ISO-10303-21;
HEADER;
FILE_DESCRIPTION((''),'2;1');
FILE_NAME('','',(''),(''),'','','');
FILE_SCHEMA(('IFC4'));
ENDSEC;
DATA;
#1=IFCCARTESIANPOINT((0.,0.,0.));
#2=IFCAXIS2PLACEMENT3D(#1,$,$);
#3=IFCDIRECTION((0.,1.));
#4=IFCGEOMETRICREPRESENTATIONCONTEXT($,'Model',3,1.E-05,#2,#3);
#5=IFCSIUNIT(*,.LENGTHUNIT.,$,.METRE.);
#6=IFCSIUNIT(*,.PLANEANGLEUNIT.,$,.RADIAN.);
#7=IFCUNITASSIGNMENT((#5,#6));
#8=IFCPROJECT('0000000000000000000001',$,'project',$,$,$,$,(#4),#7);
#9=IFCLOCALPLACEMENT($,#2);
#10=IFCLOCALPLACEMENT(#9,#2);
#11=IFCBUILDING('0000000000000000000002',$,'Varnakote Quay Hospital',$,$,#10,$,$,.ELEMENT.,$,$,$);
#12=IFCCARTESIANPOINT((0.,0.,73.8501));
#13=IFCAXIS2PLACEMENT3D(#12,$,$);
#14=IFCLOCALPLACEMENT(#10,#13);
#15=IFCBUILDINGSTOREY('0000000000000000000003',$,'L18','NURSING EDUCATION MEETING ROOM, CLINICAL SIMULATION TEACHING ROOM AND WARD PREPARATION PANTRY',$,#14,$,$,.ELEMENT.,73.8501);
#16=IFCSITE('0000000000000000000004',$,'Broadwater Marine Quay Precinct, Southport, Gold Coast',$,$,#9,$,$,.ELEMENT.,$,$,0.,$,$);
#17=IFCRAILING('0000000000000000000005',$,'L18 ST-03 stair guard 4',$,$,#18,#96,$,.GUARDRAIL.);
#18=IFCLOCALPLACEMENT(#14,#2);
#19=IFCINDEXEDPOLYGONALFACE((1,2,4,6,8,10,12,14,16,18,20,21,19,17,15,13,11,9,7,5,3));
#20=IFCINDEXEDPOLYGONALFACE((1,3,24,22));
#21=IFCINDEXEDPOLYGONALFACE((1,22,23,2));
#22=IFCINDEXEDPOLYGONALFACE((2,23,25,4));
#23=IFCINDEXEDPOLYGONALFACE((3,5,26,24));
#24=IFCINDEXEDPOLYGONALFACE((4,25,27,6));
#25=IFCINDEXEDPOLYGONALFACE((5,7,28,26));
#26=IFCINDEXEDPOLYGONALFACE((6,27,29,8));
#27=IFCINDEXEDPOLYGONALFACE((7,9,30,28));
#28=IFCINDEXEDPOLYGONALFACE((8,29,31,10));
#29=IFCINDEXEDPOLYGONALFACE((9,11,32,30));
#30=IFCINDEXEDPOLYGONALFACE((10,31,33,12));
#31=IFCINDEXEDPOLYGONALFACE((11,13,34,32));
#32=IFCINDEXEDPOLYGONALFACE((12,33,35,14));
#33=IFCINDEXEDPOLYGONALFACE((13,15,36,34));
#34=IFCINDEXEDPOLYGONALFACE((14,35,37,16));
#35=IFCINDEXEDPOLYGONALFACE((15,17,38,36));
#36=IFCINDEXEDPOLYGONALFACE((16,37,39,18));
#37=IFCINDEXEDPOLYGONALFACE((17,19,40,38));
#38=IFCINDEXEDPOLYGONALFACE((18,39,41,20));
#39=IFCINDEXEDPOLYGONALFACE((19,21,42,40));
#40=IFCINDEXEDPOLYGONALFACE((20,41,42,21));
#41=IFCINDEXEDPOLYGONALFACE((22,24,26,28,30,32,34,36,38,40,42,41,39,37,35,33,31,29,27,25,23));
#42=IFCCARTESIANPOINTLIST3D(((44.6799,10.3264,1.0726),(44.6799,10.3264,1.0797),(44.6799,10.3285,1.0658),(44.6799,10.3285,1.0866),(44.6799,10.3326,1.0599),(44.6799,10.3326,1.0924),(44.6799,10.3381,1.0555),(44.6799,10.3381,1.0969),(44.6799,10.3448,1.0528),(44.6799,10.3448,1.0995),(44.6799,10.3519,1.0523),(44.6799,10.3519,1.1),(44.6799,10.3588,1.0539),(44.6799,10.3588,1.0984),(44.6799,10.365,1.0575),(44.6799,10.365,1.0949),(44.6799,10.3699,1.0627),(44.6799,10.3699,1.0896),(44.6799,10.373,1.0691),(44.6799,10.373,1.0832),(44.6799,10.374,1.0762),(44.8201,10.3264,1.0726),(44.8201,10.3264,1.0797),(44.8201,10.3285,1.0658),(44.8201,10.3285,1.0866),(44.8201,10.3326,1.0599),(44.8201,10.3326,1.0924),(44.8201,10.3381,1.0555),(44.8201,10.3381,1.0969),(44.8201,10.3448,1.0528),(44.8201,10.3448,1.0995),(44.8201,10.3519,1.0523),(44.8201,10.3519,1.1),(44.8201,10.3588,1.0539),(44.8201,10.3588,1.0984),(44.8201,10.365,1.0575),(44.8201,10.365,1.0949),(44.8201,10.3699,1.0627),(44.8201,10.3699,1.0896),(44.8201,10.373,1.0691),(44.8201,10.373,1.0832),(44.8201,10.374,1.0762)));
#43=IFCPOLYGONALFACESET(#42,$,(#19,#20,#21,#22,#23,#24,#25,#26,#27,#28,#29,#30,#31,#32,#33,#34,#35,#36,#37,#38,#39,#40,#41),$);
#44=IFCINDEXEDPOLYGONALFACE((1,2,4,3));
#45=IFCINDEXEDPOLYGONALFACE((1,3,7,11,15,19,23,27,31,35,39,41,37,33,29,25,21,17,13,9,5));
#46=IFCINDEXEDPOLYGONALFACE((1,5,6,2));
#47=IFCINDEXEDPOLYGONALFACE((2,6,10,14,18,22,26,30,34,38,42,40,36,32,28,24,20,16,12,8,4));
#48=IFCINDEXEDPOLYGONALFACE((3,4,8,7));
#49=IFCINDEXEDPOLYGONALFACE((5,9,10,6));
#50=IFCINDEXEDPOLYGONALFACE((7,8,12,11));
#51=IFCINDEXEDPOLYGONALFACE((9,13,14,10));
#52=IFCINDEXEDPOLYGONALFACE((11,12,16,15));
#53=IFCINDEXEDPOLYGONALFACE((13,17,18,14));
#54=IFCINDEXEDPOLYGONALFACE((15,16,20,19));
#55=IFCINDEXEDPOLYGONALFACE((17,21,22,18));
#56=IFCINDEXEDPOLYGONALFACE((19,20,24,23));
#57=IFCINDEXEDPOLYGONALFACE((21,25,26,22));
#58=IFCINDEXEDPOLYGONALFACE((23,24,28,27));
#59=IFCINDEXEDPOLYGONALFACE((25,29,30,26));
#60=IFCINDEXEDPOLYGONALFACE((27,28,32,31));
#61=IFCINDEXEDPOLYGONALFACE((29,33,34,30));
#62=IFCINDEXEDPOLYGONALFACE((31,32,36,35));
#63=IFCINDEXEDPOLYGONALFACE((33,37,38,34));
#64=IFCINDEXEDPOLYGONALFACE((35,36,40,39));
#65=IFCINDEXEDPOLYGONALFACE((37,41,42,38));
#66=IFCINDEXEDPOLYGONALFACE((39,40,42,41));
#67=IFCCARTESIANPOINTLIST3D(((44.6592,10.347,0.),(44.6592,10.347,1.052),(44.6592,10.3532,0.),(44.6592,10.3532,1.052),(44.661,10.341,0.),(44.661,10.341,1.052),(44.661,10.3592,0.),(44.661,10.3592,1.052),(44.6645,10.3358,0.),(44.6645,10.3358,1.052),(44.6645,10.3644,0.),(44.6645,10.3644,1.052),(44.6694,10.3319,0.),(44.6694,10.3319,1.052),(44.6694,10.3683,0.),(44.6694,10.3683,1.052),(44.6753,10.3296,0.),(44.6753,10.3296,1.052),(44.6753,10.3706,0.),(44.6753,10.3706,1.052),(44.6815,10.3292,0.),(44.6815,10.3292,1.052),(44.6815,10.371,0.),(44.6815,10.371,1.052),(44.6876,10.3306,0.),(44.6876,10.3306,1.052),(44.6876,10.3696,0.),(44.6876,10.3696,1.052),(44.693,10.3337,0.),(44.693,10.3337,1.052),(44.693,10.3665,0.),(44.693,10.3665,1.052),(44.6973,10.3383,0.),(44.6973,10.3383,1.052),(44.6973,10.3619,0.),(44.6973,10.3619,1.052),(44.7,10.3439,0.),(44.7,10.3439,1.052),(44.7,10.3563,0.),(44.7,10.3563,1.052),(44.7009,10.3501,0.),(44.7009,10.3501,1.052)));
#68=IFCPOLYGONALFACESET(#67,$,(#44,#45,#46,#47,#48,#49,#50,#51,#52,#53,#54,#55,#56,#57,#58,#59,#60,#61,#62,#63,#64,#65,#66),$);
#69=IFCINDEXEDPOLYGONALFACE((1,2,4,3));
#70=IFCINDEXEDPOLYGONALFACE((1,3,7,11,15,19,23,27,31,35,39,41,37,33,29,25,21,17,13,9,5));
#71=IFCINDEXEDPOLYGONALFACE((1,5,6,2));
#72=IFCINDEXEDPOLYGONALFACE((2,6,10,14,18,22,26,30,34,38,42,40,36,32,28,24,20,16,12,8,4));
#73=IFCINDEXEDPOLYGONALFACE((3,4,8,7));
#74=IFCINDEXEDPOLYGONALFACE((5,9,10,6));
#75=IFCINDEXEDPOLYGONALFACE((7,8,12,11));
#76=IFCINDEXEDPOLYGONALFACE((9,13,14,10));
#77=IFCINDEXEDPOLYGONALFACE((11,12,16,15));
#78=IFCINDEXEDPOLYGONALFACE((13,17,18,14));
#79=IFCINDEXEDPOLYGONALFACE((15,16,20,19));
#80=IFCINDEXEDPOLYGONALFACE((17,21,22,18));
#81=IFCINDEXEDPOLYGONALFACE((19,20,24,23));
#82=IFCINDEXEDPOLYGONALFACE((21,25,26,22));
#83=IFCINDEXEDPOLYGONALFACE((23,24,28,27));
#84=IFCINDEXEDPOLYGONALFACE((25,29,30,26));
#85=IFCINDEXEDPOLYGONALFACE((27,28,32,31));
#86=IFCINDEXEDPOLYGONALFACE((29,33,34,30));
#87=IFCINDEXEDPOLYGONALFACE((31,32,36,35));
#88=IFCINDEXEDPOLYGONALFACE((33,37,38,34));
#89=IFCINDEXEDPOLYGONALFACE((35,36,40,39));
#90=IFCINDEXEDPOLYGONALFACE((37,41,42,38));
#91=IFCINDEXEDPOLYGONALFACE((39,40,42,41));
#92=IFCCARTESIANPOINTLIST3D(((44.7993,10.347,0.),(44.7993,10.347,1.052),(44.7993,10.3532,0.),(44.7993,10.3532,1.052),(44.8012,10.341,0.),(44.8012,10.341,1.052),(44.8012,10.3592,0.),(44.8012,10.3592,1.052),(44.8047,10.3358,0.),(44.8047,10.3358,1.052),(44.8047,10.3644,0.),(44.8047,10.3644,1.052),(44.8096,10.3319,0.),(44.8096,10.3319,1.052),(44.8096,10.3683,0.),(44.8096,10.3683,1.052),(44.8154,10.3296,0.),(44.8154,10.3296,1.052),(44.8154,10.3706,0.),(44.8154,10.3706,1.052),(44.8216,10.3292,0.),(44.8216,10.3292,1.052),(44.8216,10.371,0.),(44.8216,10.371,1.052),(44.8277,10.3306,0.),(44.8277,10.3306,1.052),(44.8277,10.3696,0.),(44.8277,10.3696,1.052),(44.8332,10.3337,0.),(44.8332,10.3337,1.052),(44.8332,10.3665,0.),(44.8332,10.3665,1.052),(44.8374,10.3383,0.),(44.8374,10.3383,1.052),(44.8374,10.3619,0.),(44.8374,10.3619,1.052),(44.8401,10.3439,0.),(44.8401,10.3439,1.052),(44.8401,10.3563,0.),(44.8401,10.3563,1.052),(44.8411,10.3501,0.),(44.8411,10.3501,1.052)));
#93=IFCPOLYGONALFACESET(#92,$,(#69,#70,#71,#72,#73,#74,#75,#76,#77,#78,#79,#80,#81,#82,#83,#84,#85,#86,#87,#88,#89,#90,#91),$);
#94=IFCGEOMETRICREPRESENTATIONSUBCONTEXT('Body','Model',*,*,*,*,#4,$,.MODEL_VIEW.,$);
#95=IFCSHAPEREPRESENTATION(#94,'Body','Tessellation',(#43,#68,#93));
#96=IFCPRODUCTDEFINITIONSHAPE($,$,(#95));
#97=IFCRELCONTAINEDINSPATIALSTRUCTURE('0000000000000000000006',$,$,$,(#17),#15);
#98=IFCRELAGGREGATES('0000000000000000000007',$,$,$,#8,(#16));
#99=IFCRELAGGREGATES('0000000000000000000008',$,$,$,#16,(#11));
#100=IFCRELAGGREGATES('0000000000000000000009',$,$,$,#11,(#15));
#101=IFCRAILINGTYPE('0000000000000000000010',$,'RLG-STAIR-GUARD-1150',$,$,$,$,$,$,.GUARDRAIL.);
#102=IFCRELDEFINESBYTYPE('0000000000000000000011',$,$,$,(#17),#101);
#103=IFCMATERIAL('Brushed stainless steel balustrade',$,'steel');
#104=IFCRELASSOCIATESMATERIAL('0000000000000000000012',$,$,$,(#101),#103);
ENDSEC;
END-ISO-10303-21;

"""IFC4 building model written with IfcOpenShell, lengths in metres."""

from ifc_helpers import new_model, si_unit, direction, frame, origin, origin_2d, place, context, subcontext, project, spatial, circle, extrude, material, type_object, element, save


model = new_model("IFC4")

# Units and contexts
model_context = context("Model", 3, precision=1e-05, world=origin(), true_north=direction((0.0, 1.0)))
body_context = subcontext(model_context, "Body", "Model", "MODEL_VIEW")
ifc_project = project(units=[si_unit("LENGTHUNIT", "METRE"), si_unit("PLANEANGLEUNIT", "RADIAN")], contexts=[model_context])

# Site, building, storey
site_placement = place(None, origin())
site = spatial("IfcSite", under=ifc_project, at=site_placement, Name="Broadwater Marine Quay Precinct, Southport, Gold Coast", CompositionType="ELEMENT", RefElevation=0.0)
building_placement = place(site_placement, origin())
building = spatial("IfcBuilding", under=site, at=building_placement, Name="Varnakote Quay Hospital", CompositionType="ELEMENT")
storey_placement = place(building_placement, frame((0.0, 0.0, 73.8501)))
storey = spatial("IfcBuildingStorey", under=building, at=storey_placement, Name="L18", Description="NURSING EDUCATION MEETING ROOM, CLINICAL SIMULATION TEACHING ROOM AND WARD PREPARATION PANTRY", CompositionType="ELEMENT", Elevation=73.8501)

# Railing
ifc_material_1 = material(Name="Brushed stainless steel balustrade", Category="steel")
railing_type_1 = type_object("IfcRailingType", Name="RLG-STAIR-GUARD-1150", PredefinedType="GUARDRAIL", material=ifc_material_1)
railing_1_placement = place(storey_placement, frame((44.6799, 10.3501, 0.0)))
element("IfcRailing", 1, at=railing_1_placement, inside=storey, type_object=railing_type_1, Name="L18 ST-03 stair guard 4", PredefinedType="GUARDRAIL", context=body_context, shape_type="SweptSolid", body=[
    extrude(circle(Radius=0.0239, at=origin_2d()), frame((0.0, 0.0, 1.0762), z_axis=(1.0, 0.0, 0.0), x_axis=(0.0, 1.0, 0.0)), (0.0, 0.0, 1.0), 0.1401),
    extrude(circle(Radius=0.021, at=origin_2d()), origin(), (0.0, 0.0, 1.0), 1.052),
    extrude(circle(Radius=0.021, at=origin_2d()), frame((0.1401, 0.0, 0.0)), (0.0, 0.0, 1.0), 1.052),
])

save(model, "model.ifc")
